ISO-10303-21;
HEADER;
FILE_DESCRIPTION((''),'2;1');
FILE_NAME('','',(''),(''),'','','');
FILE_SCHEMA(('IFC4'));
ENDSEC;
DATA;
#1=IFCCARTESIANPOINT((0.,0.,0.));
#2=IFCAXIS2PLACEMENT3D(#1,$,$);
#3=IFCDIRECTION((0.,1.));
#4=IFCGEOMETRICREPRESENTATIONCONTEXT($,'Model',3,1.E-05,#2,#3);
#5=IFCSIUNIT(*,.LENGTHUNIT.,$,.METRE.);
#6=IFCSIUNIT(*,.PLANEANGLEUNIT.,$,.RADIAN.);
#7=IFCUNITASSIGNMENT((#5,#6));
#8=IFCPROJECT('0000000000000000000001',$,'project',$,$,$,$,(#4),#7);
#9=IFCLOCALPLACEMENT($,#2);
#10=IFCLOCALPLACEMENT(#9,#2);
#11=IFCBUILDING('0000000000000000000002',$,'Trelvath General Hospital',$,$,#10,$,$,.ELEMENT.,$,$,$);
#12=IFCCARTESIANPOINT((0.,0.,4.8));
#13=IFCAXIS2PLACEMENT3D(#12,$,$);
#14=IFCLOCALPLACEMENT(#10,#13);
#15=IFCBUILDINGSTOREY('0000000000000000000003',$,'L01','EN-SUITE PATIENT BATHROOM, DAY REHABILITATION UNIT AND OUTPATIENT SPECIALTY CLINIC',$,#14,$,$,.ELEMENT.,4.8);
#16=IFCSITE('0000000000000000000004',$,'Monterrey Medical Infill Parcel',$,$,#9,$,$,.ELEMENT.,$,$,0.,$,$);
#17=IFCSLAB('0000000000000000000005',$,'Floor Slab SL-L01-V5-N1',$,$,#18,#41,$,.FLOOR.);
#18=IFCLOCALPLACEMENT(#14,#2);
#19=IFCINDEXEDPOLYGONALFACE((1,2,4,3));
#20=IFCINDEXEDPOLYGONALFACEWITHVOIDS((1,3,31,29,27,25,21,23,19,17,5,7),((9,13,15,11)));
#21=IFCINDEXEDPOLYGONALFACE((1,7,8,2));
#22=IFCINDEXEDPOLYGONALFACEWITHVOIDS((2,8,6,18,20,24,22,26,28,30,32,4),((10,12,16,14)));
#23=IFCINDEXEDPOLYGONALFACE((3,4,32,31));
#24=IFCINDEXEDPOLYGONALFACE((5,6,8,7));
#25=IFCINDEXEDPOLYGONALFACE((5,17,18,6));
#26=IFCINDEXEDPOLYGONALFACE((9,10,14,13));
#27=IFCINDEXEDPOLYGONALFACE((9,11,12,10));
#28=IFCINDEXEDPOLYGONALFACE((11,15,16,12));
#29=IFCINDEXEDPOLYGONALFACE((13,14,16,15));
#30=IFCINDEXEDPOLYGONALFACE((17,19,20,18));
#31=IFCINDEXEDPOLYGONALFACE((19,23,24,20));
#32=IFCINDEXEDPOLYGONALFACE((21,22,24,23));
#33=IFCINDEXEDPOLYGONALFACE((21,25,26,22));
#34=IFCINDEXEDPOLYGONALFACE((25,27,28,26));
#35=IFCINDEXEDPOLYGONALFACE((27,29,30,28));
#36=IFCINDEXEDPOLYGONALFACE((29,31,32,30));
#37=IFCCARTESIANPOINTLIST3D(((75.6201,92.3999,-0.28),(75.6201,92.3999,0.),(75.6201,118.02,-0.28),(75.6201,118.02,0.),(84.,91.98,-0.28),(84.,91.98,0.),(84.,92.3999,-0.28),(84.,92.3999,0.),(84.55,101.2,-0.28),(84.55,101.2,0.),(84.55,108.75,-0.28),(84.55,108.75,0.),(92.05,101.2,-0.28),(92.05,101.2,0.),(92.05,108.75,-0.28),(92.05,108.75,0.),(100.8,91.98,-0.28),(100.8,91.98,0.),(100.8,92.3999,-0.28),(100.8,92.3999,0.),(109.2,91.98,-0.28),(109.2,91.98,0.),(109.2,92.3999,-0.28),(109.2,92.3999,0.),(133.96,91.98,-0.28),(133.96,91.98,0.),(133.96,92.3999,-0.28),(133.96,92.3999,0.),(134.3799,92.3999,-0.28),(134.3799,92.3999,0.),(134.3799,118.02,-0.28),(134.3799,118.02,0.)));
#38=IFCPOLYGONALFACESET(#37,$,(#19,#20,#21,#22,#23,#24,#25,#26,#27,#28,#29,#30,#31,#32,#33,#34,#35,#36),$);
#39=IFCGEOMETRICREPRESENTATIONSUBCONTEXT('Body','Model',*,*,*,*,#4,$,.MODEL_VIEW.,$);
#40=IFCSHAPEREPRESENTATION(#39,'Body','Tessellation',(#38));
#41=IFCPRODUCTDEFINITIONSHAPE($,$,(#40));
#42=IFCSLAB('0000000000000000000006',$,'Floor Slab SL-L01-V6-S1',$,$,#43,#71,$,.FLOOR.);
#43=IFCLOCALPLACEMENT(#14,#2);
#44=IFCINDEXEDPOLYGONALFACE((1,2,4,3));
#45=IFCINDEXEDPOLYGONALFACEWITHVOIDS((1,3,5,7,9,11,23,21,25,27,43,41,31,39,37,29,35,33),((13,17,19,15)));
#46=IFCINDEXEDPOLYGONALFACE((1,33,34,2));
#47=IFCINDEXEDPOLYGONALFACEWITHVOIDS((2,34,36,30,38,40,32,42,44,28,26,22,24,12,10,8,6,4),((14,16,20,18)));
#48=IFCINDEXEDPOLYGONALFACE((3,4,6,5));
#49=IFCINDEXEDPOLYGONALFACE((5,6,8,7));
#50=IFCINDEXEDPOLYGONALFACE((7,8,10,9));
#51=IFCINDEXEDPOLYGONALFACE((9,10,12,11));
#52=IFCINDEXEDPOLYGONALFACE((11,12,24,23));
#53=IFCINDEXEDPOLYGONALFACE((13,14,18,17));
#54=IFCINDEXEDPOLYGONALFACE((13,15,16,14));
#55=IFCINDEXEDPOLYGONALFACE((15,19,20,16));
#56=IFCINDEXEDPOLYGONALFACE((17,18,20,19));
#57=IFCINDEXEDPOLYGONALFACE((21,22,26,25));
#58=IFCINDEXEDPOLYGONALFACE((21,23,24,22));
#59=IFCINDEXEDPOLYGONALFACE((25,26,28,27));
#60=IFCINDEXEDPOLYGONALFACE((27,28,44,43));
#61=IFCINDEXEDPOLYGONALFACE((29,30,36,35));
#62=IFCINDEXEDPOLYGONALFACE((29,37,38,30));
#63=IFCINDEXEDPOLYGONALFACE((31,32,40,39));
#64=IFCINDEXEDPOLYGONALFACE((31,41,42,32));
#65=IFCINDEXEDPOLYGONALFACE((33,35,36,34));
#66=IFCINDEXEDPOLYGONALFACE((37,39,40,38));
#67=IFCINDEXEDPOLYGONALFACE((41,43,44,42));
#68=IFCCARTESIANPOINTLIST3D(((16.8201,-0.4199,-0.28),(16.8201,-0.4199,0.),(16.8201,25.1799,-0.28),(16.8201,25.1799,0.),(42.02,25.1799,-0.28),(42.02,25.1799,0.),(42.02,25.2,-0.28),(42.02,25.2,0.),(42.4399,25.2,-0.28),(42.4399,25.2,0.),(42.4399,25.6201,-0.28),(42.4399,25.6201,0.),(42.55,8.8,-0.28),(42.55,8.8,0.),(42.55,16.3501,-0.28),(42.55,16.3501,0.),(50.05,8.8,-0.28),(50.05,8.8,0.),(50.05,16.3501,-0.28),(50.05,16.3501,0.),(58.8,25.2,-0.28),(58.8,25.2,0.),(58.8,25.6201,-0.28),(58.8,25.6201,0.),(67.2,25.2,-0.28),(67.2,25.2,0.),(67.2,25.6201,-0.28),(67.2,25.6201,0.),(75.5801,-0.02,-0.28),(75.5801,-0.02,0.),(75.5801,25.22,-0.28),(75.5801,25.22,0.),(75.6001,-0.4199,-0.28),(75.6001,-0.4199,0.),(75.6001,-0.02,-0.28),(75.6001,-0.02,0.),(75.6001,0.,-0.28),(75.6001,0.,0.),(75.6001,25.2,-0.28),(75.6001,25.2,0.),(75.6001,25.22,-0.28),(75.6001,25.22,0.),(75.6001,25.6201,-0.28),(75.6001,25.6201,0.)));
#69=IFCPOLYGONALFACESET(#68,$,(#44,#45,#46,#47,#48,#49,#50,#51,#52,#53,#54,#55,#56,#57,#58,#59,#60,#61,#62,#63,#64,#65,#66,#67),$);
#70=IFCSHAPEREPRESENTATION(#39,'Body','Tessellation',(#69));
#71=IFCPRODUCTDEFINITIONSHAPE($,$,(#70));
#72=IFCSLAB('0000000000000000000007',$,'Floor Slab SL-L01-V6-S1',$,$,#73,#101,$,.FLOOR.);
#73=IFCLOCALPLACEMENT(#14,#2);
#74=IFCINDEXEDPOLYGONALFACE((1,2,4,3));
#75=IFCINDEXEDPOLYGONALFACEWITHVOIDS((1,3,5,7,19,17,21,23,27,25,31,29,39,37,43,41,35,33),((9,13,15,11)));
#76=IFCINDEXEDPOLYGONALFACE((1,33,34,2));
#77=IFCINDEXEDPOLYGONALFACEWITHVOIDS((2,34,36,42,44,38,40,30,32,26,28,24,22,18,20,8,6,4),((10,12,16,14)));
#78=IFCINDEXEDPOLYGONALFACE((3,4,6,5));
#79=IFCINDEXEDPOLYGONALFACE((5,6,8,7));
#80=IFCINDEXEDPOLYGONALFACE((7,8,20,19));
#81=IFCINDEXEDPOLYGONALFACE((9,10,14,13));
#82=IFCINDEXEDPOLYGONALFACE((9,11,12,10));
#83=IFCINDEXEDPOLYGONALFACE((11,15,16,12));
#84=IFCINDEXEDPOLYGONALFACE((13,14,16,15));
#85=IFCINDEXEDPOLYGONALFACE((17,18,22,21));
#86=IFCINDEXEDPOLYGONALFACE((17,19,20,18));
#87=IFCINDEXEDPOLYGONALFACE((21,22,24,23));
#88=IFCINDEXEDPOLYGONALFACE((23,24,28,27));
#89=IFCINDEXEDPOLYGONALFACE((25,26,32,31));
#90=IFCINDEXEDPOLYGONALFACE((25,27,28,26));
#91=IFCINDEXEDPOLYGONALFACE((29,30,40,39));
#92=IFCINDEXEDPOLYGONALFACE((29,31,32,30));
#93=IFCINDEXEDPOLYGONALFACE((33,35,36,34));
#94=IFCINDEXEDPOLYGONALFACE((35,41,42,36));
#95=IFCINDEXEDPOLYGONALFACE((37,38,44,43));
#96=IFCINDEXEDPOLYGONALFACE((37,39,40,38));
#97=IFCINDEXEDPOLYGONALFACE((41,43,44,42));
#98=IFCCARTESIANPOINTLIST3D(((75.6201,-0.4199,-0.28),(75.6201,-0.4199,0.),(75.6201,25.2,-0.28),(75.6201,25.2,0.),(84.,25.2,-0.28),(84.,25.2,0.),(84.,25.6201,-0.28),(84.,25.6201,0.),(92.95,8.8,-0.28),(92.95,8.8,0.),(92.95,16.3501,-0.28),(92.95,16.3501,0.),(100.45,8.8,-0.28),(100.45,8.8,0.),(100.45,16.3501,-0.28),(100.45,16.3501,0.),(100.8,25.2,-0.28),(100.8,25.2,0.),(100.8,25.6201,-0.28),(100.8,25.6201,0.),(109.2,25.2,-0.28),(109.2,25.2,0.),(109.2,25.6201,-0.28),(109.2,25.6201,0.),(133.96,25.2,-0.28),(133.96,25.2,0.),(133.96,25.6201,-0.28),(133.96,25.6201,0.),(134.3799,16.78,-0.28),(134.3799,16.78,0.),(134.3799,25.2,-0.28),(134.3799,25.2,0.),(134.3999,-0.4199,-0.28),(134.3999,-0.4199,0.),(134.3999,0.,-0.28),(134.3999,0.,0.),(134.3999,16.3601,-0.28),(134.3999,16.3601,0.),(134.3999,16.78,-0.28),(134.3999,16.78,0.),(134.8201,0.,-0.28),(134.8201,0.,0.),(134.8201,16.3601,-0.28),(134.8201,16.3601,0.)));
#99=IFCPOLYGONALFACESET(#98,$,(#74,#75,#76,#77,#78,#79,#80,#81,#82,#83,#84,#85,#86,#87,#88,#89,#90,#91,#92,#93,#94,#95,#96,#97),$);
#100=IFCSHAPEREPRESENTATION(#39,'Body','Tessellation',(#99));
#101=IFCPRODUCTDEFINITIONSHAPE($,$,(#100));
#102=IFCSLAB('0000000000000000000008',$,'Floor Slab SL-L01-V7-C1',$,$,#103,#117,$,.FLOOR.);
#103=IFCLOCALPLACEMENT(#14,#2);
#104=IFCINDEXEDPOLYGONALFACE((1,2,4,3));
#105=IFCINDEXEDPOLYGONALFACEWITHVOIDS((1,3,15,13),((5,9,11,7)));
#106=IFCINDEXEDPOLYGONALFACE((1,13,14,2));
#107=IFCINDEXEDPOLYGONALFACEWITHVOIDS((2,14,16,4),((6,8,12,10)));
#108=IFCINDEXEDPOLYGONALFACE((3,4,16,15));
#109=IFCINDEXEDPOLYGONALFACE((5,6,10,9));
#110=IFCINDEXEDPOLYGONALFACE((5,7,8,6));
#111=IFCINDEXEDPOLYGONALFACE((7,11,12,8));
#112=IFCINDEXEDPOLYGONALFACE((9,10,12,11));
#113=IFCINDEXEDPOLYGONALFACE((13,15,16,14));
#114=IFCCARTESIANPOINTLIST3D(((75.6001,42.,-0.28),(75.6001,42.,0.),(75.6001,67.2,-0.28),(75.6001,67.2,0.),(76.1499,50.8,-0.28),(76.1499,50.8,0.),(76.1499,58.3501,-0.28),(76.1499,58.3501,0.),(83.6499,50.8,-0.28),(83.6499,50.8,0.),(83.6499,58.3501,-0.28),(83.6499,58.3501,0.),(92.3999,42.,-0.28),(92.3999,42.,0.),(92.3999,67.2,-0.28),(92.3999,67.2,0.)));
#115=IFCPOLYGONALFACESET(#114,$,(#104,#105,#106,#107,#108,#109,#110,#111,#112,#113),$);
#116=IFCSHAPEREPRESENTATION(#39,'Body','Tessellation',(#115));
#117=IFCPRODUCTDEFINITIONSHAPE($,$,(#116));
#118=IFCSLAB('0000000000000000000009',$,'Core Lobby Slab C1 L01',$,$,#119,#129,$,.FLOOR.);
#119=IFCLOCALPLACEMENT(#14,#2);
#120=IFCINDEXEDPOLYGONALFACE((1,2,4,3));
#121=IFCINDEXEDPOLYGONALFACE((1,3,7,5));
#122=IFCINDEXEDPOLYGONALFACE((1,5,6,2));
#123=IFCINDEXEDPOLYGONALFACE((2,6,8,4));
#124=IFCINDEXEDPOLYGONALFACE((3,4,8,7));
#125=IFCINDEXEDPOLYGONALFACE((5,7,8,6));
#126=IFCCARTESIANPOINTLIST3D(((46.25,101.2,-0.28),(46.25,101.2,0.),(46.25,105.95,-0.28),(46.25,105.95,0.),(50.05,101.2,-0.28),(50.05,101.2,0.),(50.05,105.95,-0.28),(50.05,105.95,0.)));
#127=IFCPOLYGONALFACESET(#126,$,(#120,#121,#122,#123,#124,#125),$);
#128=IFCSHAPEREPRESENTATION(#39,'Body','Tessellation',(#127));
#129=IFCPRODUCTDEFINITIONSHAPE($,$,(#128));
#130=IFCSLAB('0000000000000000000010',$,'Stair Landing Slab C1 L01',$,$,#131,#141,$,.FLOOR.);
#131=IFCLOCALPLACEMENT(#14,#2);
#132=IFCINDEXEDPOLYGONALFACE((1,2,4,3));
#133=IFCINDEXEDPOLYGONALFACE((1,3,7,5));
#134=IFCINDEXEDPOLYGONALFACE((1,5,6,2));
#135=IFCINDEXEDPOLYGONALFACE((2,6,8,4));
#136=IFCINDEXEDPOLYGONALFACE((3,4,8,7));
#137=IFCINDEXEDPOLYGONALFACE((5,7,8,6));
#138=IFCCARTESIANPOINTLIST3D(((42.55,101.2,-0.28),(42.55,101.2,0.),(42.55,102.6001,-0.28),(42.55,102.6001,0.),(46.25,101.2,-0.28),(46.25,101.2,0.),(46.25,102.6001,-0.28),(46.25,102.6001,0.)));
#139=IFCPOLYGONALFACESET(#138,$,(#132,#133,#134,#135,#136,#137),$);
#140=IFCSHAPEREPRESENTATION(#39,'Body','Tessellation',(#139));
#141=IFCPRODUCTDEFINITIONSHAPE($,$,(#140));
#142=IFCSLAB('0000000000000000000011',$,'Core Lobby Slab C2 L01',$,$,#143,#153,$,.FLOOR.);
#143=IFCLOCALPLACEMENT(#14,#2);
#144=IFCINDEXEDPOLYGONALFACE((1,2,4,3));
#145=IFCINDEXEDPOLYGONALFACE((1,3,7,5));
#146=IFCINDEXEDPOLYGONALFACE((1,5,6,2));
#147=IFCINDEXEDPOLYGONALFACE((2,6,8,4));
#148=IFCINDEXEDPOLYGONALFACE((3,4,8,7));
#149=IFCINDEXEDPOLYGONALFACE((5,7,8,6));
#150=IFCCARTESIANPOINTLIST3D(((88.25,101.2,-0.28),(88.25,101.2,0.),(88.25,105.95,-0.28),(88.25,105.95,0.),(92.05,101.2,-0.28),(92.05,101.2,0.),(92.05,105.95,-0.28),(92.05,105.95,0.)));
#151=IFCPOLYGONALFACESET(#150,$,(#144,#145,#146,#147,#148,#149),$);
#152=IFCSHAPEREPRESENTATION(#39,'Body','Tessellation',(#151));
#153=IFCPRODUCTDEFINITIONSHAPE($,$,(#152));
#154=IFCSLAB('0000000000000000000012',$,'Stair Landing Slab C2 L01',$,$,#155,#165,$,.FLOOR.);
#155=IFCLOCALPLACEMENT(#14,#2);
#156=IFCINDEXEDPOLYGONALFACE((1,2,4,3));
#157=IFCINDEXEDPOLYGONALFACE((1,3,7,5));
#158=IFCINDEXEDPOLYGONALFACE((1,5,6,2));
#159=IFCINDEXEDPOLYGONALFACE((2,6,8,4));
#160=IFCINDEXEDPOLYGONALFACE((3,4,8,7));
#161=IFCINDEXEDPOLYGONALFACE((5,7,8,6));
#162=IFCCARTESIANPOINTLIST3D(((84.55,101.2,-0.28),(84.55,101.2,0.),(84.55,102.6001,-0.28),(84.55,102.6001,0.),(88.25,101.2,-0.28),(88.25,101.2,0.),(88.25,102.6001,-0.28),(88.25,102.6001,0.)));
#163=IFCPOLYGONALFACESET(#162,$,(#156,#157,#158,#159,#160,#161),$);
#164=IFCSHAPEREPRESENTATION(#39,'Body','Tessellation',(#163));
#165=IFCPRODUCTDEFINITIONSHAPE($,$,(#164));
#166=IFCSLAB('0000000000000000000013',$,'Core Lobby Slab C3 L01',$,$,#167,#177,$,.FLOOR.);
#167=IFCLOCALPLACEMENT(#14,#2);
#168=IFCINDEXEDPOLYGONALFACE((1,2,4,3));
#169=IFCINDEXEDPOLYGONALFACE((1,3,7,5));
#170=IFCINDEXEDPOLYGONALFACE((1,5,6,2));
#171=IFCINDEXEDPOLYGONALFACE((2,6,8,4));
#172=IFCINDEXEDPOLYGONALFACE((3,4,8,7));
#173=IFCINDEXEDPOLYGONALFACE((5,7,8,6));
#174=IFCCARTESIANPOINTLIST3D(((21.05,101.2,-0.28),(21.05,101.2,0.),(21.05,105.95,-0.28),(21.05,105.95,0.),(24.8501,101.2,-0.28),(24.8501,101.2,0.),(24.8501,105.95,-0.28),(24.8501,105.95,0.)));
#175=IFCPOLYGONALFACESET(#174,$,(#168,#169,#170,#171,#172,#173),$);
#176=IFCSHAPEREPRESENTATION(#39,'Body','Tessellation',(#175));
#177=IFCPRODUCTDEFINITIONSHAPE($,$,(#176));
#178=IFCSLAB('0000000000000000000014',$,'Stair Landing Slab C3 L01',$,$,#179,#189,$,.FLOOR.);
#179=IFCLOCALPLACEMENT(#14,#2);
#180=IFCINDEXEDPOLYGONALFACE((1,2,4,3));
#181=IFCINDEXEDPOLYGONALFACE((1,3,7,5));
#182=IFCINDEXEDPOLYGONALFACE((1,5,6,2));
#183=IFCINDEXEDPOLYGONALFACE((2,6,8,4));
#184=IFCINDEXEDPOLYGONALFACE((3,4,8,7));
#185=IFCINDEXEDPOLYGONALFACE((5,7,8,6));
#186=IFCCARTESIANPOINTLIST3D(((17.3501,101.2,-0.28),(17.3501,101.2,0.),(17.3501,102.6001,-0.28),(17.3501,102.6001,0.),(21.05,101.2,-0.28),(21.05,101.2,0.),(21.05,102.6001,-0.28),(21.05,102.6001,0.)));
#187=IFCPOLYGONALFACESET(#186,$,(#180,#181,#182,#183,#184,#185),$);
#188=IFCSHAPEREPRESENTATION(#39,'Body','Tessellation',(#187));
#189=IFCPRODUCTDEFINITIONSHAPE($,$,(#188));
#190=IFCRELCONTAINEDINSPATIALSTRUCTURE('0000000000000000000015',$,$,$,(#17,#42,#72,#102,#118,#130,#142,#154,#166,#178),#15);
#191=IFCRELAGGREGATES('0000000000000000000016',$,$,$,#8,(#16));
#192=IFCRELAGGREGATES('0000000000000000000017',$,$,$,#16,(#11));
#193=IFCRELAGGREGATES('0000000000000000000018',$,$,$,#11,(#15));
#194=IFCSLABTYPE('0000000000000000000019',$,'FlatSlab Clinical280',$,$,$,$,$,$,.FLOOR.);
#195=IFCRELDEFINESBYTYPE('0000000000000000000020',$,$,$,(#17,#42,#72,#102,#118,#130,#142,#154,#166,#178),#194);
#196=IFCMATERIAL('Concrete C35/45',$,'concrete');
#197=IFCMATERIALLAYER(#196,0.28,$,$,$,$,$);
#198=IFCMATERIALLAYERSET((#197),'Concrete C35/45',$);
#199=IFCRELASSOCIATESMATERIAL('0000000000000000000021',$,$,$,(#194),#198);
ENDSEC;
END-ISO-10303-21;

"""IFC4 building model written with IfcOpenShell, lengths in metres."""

from ifc_helpers import new_model, si_unit, direction, frame, origin, place, context, subcontext, project, spatial, polyline, outline, extrude, material, layer, layer_set, type_object, element, save


model = new_model("IFC4")

# Units and contexts
model_context = context("Model", 3, precision=1e-05, world=origin(), true_north=direction((0.0, 1.0)))
body_context = subcontext(model_context, "Body", "Model", "MODEL_VIEW")
ifc_project = project(units=[si_unit("LENGTHUNIT", "METRE"), si_unit("PLANEANGLEUNIT", "RADIAN")], contexts=[model_context])

# Site, building, storey
site_placement = place(None, origin())
site = spatial("IfcSite", under=ifc_project, at=site_placement, Name="Monterrey Medical Infill Parcel", CompositionType="ELEMENT", RefElevation=0.0)
building_placement = place(site_placement, origin())
building = spatial("IfcBuilding", under=site, at=building_placement, Name="Trelvath General Hospital", CompositionType="ELEMENT")
storey_placement = place(building_placement, frame((0.0, 0.0, 4.8)))
storey = spatial("IfcBuildingStorey", under=building, at=storey_placement, Name="L01", Description="EN-SUITE PATIENT BATHROOM, DAY REHABILITATION UNIT AND OUTPATIENT SPECIALTY CLINIC", CompositionType="ELEMENT", Elevation=4.8)

# Slabs
ifc_material_1 = material(Name="Concrete C35/45", Category="concrete")
ifc_layer_1 = layer(ifc_material_1, 0.28)
ifc_layer_set_1 = layer_set([ifc_layer_1], Name="Concrete C35/45")
slab_type_1 = type_object("IfcSlabType", Name="FlatSlab Clinical280", PredefinedType="FLOOR", material=ifc_layer_set_1)
slab_1_placement = place(storey_placement, frame((0.0, 0.0, -0.28)))
element("IfcSlab", 1, at=slab_1_placement, inside=storey, type_object=slab_type_1, Name="Floor Slab SL-L01-V5-N1", PredefinedType="FLOOR", context=body_context, shape_type="SweptSolid", body=[
    extrude(outline(polyline([(75.6201, 92.3999), (75.6201, 118.02), (134.3799, 118.02), (134.3799, 92.3999), (133.96, 92.3999), (133.96, 91.98), (109.2, 91.98), (109.2, 92.3999), (100.8, 92.3999), (100.8, 91.98), (84.0, 91.98), (84.0, 92.3999), (75.6201, 92.3999)]), holes=[polyline([(84.55, 101.2), (92.05, 101.2), (92.05, 108.75), (84.55, 108.75), (84.55, 101.2)])]), origin(), (0.0, 0.0, 1.0), 0.28),
])
slab_2_placement = place(storey_placement, frame((0.0, 0.0, -0.28)))
element("IfcSlab", 2, at=slab_2_placement, inside=storey, type_object=slab_type_1, Name="Floor Slab SL-L01-V6-S1", PredefinedType="FLOOR", context=body_context, shape_type="SweptSolid", body=[
    extrude(outline(polyline([(75.6001, -0.02), (75.6001, -0.4199), (16.8201, -0.4199), (16.8201, 25.1799), (42.02, 25.1799), (42.02, 25.2), (42.4399, 25.2), (42.4399, 25.6201), (58.8, 25.6201), (58.8, 25.2), (67.2, 25.2), (67.2, 25.6201), (75.6001, 25.6201), (75.6001, 25.22), (75.5801, 25.22), (75.6001, 25.2), (75.6001, 0.0), (75.5801, -0.02), (75.6001, -0.02)]), holes=[polyline([(42.55, 8.8), (50.05, 8.8), (50.05, 16.3501), (42.55, 16.3501), (42.55, 8.8)])]), origin(), (0.0, 0.0, 1.0), 0.28),
])
slab_3_placement = place(storey_placement, frame((0.0, 0.0, -0.28)))
element("IfcSlab", 3, at=slab_3_placement, inside=storey, type_object=slab_type_1, Name="Floor Slab SL-L01-V6-S1", PredefinedType="FLOOR", context=body_context, shape_type="SweptSolid", body=[
    extrude(outline(polyline([(84.0, 25.2), (84.0, 25.6201), (100.8, 25.6201), (100.8, 25.2), (109.2, 25.2), (109.2, 25.6201), (133.96, 25.6201), (133.96, 25.2), (134.3799, 25.2), (134.3799, 16.78), (134.3999, 16.78), (134.3999, 16.3601), (134.8201, 16.3601), (134.8201, 0.0), (134.3999, 0.0), (134.3999, -0.4199), (75.6201, -0.4199), (75.6201, 25.2), (84.0, 25.2)]), holes=[polyline([(92.95, 8.8), (100.45, 8.8), (100.45, 16.3501), (92.95, 16.3501), (92.95, 8.8)])]), origin(), (0.0, 0.0, 1.0), 0.28),
])
slab_4_placement = place(storey_placement, frame((0.0, 0.0, -0.28)))
element("IfcSlab", 4, at=slab_4_placement, inside=storey, type_object=slab_type_1, Name="Floor Slab SL-L01-V7-C1", PredefinedType="FLOOR", context=body_context, shape_type="SweptSolid", body=[
    extrude(outline(polyline([(75.6001, 42.0), (75.6001, 67.2), (92.3999, 67.2), (92.3999, 42.0), (75.6001, 42.0)]), holes=[polyline([(76.1499, 50.8), (83.6499, 50.8), (83.6499, 58.3501), (76.1499, 58.3501), (76.1499, 50.8)])]), origin(), (0.0, 0.0, 1.0), 0.28),
])
slab_5_placement = place(storey_placement, frame((0.0, 0.0, -0.28)))
element("IfcSlab", 5, at=slab_5_placement, inside=storey, type_object=slab_type_1, Name="Core Lobby Slab C1 L01", PredefinedType="FLOOR", context=body_context, shape_type="SweptSolid", body=[
    extrude(outline(polyline([(46.25, 101.2), (50.05, 101.2), (50.05, 105.95), (46.25, 105.95), (46.25, 101.2)])), origin(), (0.0, 0.0, 1.0), 0.28),
])
slab_6_placement = place(storey_placement, frame((0.0, 0.0, -0.28)))
element("IfcSlab", 6, at=slab_6_placement, inside=storey, type_object=slab_type_1, Name="Stair Landing Slab C1 L01", PredefinedType="FLOOR", context=body_context, shape_type="SweptSolid", body=[
    extrude(outline(polyline([(42.55, 101.2), (46.25, 101.2), (46.25, 102.6001), (42.55, 102.6001), (42.55, 101.2)])), origin(), (0.0, 0.0, 1.0), 0.28),
])
slab_7_placement = place(storey_placement, frame((0.0, 0.0, -0.28)))
element("IfcSlab", 7, at=slab_7_placement, inside=storey, type_object=slab_type_1, Name="Core Lobby Slab C2 L01", PredefinedType="FLOOR", context=body_context, shape_type="SweptSolid", body=[
    extrude(outline(polyline([(88.25, 101.2), (92.05, 101.2), (92.05, 105.95), (88.25, 105.95), (88.25, 101.2)])), origin(), (0.0, 0.0, 1.0), 0.28),
])
slab_8_placement = place(storey_placement, frame((0.0, 0.0, -0.28)))
element("IfcSlab", 8, at=slab_8_placement, inside=storey, type_object=slab_type_1, Name="Stair Landing Slab C2 L01", PredefinedType="FLOOR", context=body_context, shape_type="SweptSolid", body=[
    extrude(outline(polyline([(84.55, 101.2), (88.25, 101.2), (88.25, 102.6001), (84.55, 102.6001), (84.55, 101.2)])), origin(), (0.0, 0.0, 1.0), 0.28),
])
slab_9_placement = place(storey_placement, frame((0.0, 0.0, -0.28)))
element("IfcSlab", 9, at=slab_9_placement, inside=storey, type_object=slab_type_1, Name="Core Lobby Slab C3 L01", PredefinedType="FLOOR", context=body_context, shape_type="SweptSolid", body=[
    extrude(outline(polyline([(21.05, 101.2), (24.8501, 101.2), (24.8501, 105.95), (21.05, 105.95), (21.05, 101.2)])), origin(), (0.0, 0.0, 1.0), 0.28),
])
slab_10_placement = place(storey_placement, frame((0.0, 0.0, -0.28)))
element("IfcSlab", 10, at=slab_10_placement, inside=storey, type_object=slab_type_1, Name="Stair Landing Slab C3 L01", PredefinedType="FLOOR", context=body_context, shape_type="SweptSolid", body=[
    extrude(outline(polyline([(17.3501, 101.2), (21.05, 101.2), (21.05, 102.6001), (17.3501, 102.6001), (17.3501, 101.2)])), origin(), (0.0, 0.0, 1.0), 0.28),
])

save(model, "model.ifc")
